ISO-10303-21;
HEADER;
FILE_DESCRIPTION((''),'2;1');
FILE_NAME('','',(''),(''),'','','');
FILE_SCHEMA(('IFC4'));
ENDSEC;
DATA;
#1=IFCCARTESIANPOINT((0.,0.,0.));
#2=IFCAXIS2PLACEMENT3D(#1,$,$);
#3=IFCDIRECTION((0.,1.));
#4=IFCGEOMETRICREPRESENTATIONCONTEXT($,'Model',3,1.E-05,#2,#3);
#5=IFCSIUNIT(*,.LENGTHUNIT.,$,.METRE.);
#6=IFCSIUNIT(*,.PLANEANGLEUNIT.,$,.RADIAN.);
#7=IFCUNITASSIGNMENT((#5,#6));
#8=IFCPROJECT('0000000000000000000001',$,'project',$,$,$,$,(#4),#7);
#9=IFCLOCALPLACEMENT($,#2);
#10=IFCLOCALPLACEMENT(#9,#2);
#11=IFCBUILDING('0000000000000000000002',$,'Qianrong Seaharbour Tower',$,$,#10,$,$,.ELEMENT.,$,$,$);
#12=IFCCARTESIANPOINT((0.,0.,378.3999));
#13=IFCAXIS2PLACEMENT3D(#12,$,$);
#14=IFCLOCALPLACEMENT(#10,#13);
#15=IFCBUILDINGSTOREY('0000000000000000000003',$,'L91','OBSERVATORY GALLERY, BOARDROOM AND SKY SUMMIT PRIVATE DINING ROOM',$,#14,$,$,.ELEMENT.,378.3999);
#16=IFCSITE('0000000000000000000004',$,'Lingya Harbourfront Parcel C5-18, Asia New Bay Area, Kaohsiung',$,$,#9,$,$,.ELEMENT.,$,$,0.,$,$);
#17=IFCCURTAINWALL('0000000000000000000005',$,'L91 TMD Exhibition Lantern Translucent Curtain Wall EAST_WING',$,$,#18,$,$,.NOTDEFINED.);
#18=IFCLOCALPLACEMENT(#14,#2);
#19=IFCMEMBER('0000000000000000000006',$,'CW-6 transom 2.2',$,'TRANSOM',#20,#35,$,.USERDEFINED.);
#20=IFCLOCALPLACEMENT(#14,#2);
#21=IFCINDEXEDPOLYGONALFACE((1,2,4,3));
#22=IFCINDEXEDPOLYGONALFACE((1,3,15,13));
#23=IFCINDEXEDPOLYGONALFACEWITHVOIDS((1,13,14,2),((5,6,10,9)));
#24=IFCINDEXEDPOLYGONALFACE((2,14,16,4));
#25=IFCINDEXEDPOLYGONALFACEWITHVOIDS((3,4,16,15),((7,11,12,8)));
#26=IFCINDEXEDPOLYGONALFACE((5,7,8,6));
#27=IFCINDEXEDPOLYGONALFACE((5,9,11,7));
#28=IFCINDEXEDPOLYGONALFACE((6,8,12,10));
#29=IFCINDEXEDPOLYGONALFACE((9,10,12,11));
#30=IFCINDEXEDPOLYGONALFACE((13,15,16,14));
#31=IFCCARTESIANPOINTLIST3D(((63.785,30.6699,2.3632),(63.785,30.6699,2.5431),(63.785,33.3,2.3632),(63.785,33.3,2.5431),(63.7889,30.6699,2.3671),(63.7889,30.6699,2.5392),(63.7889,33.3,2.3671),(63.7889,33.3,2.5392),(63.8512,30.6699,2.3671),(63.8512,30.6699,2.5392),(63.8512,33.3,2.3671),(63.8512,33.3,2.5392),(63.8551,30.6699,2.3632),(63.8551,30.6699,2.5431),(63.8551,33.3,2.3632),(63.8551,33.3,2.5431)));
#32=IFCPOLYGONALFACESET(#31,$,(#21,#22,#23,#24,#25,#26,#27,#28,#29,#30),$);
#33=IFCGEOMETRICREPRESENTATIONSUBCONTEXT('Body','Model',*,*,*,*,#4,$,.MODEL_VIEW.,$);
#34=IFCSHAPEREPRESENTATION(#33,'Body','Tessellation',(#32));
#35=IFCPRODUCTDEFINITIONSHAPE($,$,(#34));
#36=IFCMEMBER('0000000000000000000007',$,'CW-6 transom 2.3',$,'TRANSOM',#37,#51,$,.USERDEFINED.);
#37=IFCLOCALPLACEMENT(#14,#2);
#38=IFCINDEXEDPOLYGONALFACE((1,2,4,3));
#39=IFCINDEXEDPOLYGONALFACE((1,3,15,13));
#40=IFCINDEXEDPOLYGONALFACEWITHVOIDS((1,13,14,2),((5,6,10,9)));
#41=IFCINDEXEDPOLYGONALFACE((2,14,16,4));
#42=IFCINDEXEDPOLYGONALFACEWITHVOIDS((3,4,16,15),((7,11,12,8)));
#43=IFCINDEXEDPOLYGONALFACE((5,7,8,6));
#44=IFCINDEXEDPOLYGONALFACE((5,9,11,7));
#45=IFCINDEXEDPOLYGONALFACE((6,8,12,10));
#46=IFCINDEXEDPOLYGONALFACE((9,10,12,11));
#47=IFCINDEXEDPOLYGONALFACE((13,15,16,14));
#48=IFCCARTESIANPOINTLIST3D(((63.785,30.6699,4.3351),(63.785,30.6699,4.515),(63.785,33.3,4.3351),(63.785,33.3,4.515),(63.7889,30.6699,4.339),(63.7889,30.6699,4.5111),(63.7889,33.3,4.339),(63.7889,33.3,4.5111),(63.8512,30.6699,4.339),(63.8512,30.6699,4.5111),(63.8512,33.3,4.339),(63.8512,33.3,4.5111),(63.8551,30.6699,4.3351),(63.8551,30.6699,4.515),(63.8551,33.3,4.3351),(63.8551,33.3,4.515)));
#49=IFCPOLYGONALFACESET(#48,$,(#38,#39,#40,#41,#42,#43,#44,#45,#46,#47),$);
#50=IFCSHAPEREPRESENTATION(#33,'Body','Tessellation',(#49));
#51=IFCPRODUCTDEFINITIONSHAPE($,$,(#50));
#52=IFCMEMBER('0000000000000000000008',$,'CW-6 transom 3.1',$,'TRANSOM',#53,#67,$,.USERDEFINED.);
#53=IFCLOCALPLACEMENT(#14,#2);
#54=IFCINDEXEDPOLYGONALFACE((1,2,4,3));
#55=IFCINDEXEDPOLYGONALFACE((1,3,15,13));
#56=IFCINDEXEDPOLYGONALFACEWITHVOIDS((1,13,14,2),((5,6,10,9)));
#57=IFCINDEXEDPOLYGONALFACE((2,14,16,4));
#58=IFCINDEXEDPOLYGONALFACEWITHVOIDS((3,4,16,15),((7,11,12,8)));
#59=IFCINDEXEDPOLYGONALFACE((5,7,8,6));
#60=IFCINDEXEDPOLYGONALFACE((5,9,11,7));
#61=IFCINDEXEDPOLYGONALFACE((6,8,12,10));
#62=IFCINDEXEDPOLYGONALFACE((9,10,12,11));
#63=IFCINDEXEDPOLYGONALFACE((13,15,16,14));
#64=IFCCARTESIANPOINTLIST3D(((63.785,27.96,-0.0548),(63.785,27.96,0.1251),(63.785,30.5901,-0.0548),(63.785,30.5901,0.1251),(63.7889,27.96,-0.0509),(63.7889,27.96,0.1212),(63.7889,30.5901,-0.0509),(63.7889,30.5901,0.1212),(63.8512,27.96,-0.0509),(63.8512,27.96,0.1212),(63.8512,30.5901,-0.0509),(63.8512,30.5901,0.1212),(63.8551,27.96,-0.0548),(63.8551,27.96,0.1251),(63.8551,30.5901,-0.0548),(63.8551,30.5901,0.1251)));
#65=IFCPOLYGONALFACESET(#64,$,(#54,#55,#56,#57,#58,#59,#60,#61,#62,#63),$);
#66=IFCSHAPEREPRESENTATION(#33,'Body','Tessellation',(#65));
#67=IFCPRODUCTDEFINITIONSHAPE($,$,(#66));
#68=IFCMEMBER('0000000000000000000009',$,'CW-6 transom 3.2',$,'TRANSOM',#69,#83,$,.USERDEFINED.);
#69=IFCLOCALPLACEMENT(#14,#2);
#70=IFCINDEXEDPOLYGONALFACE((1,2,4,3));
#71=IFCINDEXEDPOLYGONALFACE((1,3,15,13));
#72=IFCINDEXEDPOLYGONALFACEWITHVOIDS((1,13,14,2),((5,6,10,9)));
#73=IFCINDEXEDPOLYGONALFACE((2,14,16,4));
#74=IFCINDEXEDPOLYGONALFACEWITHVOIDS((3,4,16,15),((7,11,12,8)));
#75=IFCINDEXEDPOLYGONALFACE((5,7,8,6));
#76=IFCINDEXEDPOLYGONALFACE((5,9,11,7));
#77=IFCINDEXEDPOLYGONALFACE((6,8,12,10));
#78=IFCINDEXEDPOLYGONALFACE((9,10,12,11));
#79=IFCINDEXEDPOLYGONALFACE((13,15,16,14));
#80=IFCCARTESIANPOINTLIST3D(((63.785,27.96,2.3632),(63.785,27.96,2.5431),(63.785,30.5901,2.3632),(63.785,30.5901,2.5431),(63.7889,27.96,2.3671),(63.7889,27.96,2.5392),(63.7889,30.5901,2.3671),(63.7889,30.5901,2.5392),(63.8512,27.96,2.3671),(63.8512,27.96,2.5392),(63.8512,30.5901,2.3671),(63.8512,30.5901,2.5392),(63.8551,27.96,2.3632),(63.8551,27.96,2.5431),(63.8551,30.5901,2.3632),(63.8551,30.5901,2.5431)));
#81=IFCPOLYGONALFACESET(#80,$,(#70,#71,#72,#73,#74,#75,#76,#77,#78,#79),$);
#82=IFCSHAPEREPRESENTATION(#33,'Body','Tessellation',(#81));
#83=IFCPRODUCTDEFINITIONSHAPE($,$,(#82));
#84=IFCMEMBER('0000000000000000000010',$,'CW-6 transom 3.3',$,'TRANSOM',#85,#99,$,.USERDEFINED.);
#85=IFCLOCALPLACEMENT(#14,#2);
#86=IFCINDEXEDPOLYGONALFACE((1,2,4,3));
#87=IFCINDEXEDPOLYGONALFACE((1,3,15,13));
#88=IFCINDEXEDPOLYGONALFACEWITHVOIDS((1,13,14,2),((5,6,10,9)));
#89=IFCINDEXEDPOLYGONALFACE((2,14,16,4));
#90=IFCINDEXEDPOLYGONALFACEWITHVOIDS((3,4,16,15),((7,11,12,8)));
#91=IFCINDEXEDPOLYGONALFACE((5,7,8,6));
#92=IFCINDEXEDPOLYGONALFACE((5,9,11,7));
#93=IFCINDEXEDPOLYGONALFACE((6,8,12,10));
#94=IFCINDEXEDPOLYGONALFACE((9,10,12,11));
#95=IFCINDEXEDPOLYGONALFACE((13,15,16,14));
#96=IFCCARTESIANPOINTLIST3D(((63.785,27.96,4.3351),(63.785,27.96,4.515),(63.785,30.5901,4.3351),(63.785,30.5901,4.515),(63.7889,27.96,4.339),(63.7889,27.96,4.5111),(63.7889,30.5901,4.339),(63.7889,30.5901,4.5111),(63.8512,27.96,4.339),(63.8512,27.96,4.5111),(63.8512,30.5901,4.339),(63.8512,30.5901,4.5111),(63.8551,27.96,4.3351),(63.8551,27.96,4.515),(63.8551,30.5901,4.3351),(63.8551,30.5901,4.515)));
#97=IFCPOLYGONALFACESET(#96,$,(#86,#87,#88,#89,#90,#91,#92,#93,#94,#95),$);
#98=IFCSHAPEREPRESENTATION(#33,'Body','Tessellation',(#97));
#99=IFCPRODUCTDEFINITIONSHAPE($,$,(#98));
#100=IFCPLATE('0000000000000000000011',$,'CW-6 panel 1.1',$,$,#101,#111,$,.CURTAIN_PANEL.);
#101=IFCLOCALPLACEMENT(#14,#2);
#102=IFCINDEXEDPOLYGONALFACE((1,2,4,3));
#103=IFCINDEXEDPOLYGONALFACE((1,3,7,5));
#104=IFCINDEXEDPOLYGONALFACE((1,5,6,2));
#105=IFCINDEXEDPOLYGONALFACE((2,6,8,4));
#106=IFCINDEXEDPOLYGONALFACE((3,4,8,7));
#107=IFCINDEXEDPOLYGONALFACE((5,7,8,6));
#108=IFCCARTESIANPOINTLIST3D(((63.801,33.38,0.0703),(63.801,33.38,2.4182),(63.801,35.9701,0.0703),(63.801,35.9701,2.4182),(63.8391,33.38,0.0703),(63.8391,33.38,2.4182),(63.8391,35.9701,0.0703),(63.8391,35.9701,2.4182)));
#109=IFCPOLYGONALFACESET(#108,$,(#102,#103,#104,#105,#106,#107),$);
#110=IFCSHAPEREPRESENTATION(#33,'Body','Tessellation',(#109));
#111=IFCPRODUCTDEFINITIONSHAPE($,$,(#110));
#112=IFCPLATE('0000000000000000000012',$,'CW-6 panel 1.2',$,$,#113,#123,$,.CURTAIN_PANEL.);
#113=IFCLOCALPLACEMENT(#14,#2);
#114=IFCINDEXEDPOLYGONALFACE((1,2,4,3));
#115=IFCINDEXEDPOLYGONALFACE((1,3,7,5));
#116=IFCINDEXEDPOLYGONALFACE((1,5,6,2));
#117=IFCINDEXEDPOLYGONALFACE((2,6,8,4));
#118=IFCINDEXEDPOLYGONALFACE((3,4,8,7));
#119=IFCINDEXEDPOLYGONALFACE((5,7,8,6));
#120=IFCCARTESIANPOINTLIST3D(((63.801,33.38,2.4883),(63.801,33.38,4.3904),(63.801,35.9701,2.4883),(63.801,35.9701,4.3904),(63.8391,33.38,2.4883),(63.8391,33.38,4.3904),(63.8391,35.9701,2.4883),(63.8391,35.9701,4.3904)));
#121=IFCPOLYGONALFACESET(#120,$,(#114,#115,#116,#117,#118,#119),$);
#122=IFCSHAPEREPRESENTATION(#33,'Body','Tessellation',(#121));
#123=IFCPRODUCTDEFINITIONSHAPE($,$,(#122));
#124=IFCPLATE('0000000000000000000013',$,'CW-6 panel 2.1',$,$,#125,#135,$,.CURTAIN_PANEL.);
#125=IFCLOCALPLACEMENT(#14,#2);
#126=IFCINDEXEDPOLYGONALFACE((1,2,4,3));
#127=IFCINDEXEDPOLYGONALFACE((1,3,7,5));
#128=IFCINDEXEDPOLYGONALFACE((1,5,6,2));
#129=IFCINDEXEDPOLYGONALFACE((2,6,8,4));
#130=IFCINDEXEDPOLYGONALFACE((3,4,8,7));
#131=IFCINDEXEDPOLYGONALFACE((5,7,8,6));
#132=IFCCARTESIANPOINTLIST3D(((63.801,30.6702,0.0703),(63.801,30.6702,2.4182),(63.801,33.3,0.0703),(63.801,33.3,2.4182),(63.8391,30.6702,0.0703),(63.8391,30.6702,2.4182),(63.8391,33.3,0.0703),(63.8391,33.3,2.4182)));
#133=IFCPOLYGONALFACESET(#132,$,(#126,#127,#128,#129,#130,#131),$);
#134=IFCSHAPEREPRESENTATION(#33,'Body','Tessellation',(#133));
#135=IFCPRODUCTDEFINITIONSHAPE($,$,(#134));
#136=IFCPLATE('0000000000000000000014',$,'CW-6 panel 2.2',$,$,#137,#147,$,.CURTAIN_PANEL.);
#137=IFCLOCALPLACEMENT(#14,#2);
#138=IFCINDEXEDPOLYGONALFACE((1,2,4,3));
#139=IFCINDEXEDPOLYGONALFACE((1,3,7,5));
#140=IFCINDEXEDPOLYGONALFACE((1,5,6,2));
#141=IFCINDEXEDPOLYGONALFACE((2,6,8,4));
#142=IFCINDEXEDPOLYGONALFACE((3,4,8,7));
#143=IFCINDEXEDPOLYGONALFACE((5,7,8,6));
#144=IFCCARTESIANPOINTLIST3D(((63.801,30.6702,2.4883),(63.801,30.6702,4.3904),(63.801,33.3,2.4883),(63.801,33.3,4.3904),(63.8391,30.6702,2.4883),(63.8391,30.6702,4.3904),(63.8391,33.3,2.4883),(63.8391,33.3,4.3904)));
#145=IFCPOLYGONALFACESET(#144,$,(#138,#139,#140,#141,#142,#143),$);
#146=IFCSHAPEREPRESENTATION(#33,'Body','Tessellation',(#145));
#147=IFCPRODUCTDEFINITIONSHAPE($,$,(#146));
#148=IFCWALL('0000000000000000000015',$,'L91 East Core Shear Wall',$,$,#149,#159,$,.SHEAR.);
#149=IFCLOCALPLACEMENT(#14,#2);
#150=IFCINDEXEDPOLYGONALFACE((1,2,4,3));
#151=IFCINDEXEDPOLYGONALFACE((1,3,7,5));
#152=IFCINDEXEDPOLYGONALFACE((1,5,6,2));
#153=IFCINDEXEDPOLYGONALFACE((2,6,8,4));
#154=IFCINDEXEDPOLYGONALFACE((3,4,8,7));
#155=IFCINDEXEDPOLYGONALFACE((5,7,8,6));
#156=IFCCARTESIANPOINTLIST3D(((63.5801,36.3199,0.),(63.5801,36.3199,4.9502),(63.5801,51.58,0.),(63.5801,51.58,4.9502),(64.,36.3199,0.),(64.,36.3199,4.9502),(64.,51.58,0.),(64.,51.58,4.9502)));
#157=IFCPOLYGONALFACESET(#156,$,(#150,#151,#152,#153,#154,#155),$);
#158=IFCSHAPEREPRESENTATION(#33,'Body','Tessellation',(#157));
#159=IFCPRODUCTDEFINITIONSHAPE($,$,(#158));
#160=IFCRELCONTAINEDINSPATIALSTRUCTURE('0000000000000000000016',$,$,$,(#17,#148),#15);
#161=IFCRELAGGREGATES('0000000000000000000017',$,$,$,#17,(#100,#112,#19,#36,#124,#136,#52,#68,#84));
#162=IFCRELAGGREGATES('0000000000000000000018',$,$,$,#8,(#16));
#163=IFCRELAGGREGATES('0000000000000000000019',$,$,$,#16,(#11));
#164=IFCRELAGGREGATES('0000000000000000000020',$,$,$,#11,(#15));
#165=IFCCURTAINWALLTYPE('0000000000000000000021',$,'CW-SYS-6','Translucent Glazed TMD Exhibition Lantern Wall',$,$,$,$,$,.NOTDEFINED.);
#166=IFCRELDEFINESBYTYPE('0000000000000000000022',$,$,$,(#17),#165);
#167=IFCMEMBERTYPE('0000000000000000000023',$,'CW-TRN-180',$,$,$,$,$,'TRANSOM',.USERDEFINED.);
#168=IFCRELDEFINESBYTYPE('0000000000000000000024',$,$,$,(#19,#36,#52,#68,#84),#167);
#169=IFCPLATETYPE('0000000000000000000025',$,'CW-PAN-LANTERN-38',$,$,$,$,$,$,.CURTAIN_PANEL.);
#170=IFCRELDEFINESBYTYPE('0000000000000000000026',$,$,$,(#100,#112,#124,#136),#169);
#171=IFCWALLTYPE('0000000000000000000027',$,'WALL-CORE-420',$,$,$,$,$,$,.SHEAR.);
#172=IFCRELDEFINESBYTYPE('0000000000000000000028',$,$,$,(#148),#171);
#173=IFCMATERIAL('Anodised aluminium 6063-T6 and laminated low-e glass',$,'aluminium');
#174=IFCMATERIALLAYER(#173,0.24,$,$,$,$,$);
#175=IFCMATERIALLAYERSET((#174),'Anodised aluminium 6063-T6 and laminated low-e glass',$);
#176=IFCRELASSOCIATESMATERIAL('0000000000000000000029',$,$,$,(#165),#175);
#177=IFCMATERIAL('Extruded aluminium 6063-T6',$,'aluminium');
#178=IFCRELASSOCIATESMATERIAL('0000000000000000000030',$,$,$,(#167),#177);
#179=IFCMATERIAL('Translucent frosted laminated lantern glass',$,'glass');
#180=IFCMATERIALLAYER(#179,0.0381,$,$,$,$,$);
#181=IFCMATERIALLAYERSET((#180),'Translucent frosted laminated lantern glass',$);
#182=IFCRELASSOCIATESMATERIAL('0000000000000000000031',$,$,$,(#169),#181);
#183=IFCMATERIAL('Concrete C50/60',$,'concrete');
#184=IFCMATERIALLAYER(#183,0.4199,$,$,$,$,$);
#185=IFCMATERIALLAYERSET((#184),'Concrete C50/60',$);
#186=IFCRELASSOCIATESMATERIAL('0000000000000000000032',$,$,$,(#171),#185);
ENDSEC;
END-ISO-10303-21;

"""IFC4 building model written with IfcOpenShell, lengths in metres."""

from ifc_helpers import new_model, si_unit, direction, frame, frame_2d, origin, origin_2d, place, context, subcontext, project, spatial, rectangle, hollow_rectangle, extrude, material, layer, layer_set, material_profile, profile_set, type_object, element, aggregate, save


model = new_model("IFC4")

# Units and contexts
model_context = context("Model", 3, precision=1e-05, world=origin(), true_north=direction((0.0, 1.0)))
body_context = subcontext(model_context, "Body", "Model", "MODEL_VIEW")
ifc_project = project(units=[si_unit("LENGTHUNIT", "METRE"), si_unit("PLANEANGLEUNIT", "RADIAN")], contexts=[model_context])

# Site, building, storey
site_placement = place(None, origin())
site = spatial("IfcSite", under=ifc_project, at=site_placement, Name="Lingya Harbourfront Parcel C5-18, Asia New Bay Area, Kaohsiung", CompositionType="ELEMENT", RefElevation=0.0)
building_placement = place(site_placement, origin())
building = spatial("IfcBuilding", under=site, at=building_placement, Name="Qianrong Seaharbour Tower", CompositionType="ELEMENT")
storey_placement = place(building_placement, frame((0.0, 0.0, 378.3999)))
storey = spatial("IfcBuildingStorey", under=building, at=storey_placement, Name="L91", Description="OBSERVATORY GALLERY, BOARDROOM AND SKY SUMMIT PRIVATE DINING ROOM", CompositionType="ELEMENT", Elevation=378.3999)

# Curtain wall, members, plates
ifc_material_1 = material(Name="Anodised aluminium 6063-T6 and laminated low-e glass", Category="aluminium")
ifc_layer_1 = layer(ifc_material_1, 0.24)
ifc_layer_set_1 = layer_set([ifc_layer_1], Name="Anodised aluminium 6063-T6 and laminated low-e glass")
curtain_wall_type = type_object("IfcCurtainWallType", Name="CW-SYS-6", Description="Translucent Glazed TMD Exhibition Lantern Wall", PredefinedType="NOTDEFINED", material=ifc_layer_set_1)
curtain_wall_placement = place(storey_placement, origin())
curtain_wall = element("IfcCurtainWall", 1, at=curtain_wall_placement, inside=storey, type_object=curtain_wall_type, Name="L91 TMD Exhibition Lantern Translucent Curtain Wall EAST_WING", PredefinedType="NOTDEFINED")
ifc_material_2 = material(Name="Extruded aluminium 6063-T6", Category="aluminium")
ifc_material_profile_1 = material_profile(ifc_material_2, hollow_rectangle(XDim=0.0701, YDim=0.1799, WallThickness=0.0039, at=origin_2d()), Name="ALU-TRN-180x70x4")
ifc_profile_set_1 = profile_set([ifc_material_profile_1], Name="Extruded aluminium 6063-T6")
member_type_1 = type_object("IfcMemberType", Name="CW-TRN-180", ElementType="TRANSOM", PredefinedType="USERDEFINED", material=ifc_profile_set_1)
member_1_placement = place(storey_placement, frame((63.8201, 33.3, 2.4531), z_axis=(0.0, -1.0, 0.0), x_axis=(1.0, 0.0, 0.0)))
member_1 = element("IfcMember", 2, at=member_1_placement, type_object=member_type_1, Name="CW-6 transom 2.2", ObjectType="TRANSOM", PredefinedType="USERDEFINED", context=body_context, shape_type="SweptSolid", body=[
    extrude(hollow_rectangle(XDim=0.0701, YDim=0.1799, WallThickness=0.0039, at=origin_2d()), origin(), (0.0, 0.0, 1.0), 2.6301),
])
member_2_placement = place(storey_placement, frame((63.8201, 33.3, 4.425), z_axis=(0.0, -1.0, 0.0), x_axis=(1.0, 0.0, 0.0)))
member_2 = element("IfcMember", 3, at=member_2_placement, type_object=member_type_1, Name="CW-6 transom 2.3", ObjectType="TRANSOM", PredefinedType="USERDEFINED", context=body_context, shape_type="SweptSolid", body=[
    extrude(hollow_rectangle(XDim=0.0701, YDim=0.1799, WallThickness=0.0039, at=origin_2d()), origin(), (0.0, 0.0, 1.0), 2.6301),
])
member_3_placement = place(storey_placement, frame((63.8201, 30.5901, 0.0352), z_axis=(0.0, -1.0, 0.0), x_axis=(1.0, 0.0, 0.0)))
member_3 = element("IfcMember", 4, at=member_3_placement, type_object=member_type_1, Name="CW-6 transom 3.1", ObjectType="TRANSOM", PredefinedType="USERDEFINED", context=body_context, shape_type="SweptSolid", body=[
    extrude(hollow_rectangle(XDim=0.0701, YDim=0.1799, WallThickness=0.0039, at=origin_2d()), origin(), (0.0, 0.0, 1.0), 2.6301),
])
member_4_placement = place(storey_placement, frame((63.8201, 30.5901, 2.4531), z_axis=(0.0, -1.0, 0.0), x_axis=(1.0, 0.0, 0.0)))
member_4 = element("IfcMember", 5, at=member_4_placement, type_object=member_type_1, Name="CW-6 transom 3.2", ObjectType="TRANSOM", PredefinedType="USERDEFINED", context=body_context, shape_type="SweptSolid", body=[
    extrude(hollow_rectangle(XDim=0.0701, YDim=0.1799, WallThickness=0.0039, at=origin_2d()), origin(), (0.0, 0.0, 1.0), 2.6301),
])
member_5_placement = place(storey_placement, frame((63.8201, 30.5901, 4.425), z_axis=(0.0, -1.0, 0.0), x_axis=(1.0, 0.0, 0.0)))
member_5 = element("IfcMember", 6, at=member_5_placement, type_object=member_type_1, Name="CW-6 transom 3.3", ObjectType="TRANSOM", PredefinedType="USERDEFINED", context=body_context, shape_type="SweptSolid", body=[
    extrude(hollow_rectangle(XDim=0.0701, YDim=0.1799, WallThickness=0.0039, at=origin_2d()), origin(), (0.0, 0.0, 1.0), 2.6301),
])
ifc_material_3 = material(Name="Translucent frosted laminated lantern glass", Category="glass")
ifc_layer_2 = layer(ifc_material_3, 0.0381)
ifc_layer_set_2 = layer_set([ifc_layer_2], Name="Translucent frosted laminated lantern glass")
plate_type = type_object("IfcPlateType", Name="CW-PAN-LANTERN-38", PredefinedType="CURTAIN_PANEL", material=ifc_layer_set_2)
plate_1_placement = place(storey_placement, frame((63.8201, 34.675, 0.0703), z_axis=(0.0, 0.0, 1.0), x_axis=(0.0, -1.0, 0.0)))
plate_1 = element("IfcPlate", 7, at=plate_1_placement, type_object=plate_type, Name="CW-6 panel 1.1", PredefinedType="CURTAIN_PANEL", context=body_context, shape_type="SweptSolid", body=[
    extrude(rectangle(XDim=2.5901, YDim=0.0381, at=origin_2d()), origin(), (0.0, 0.0, 1.0), 2.3479),
])
plate_2_placement = place(storey_placement, frame((63.8201, 34.675, 2.4883), z_axis=(0.0, 0.0, 1.0), x_axis=(0.0, -1.0, 0.0)))
plate_2 = element("IfcPlate", 8, at=plate_2_placement, type_object=plate_type, Name="CW-6 panel 1.2", PredefinedType="CURTAIN_PANEL", context=body_context, shape_type="SweptSolid", body=[
    extrude(rectangle(XDim=2.5901, YDim=0.0381, at=origin_2d()), origin(), (0.0, 0.0, 1.0), 1.9021),
])
plate_3_placement = place(storey_placement, frame((63.8201, 31.9851, 0.0703), z_axis=(0.0, 0.0, 1.0), x_axis=(0.0, -1.0, 0.0)))
plate_3 = element("IfcPlate", 9, at=plate_3_placement, type_object=plate_type, Name="CW-6 panel 2.1", PredefinedType="CURTAIN_PANEL", context=body_context, shape_type="SweptSolid", body=[
    extrude(rectangle(XDim=2.6299, YDim=0.0381, at=origin_2d()), origin(), (0.0, 0.0, 1.0), 2.3479),
])
plate_4_placement = place(storey_placement, frame((63.8201, 31.9851, 2.4883), z_axis=(0.0, 0.0, 1.0), x_axis=(0.0, -1.0, 0.0)))
plate_4 = element("IfcPlate", 10, at=plate_4_placement, type_object=plate_type, Name="CW-6 panel 2.2", PredefinedType="CURTAIN_PANEL", context=body_context, shape_type="SweptSolid", body=[
    extrude(rectangle(XDim=2.6299, YDim=0.0381, at=origin_2d()), origin(), (0.0, 0.0, 1.0), 1.9021),
])
aggregate(curtain_wall, [plate_1, plate_2, member_1, member_2, plate_3, plate_4, member_3, member_4, member_5])

# Wall
ifc_material_4 = material(Name="Concrete C50/60", Category="concrete")
ifc_layer_3 = layer(ifc_material_4, 0.4199)
ifc_layer_set_3 = layer_set([ifc_layer_3], Name="Concrete C50/60")
wall_type = type_object("IfcWallType", Name="WALL-CORE-420", PredefinedType="SHEAR", material=ifc_layer_set_3)
wall_placement = place(storey_placement, frame((63.79, 36.3201, 0.0), z_axis=(0.0, 0.0, 1.0), x_axis=(0.0, 1.0, 0.0)))
element("IfcWall", 11, at=wall_placement, inside=storey, type_object=wall_type, Name="L91 East Core Shear Wall", PredefinedType="SHEAR", context=body_context, shape_type="SweptSolid", body=[
    extrude(rectangle(XDim=15.26, YDim=0.4199, at=frame_2d((7.6299, 0.0))), origin(), (0.0, 0.0, 1.0), 4.9502),
])

save(model, "model.ifc")
